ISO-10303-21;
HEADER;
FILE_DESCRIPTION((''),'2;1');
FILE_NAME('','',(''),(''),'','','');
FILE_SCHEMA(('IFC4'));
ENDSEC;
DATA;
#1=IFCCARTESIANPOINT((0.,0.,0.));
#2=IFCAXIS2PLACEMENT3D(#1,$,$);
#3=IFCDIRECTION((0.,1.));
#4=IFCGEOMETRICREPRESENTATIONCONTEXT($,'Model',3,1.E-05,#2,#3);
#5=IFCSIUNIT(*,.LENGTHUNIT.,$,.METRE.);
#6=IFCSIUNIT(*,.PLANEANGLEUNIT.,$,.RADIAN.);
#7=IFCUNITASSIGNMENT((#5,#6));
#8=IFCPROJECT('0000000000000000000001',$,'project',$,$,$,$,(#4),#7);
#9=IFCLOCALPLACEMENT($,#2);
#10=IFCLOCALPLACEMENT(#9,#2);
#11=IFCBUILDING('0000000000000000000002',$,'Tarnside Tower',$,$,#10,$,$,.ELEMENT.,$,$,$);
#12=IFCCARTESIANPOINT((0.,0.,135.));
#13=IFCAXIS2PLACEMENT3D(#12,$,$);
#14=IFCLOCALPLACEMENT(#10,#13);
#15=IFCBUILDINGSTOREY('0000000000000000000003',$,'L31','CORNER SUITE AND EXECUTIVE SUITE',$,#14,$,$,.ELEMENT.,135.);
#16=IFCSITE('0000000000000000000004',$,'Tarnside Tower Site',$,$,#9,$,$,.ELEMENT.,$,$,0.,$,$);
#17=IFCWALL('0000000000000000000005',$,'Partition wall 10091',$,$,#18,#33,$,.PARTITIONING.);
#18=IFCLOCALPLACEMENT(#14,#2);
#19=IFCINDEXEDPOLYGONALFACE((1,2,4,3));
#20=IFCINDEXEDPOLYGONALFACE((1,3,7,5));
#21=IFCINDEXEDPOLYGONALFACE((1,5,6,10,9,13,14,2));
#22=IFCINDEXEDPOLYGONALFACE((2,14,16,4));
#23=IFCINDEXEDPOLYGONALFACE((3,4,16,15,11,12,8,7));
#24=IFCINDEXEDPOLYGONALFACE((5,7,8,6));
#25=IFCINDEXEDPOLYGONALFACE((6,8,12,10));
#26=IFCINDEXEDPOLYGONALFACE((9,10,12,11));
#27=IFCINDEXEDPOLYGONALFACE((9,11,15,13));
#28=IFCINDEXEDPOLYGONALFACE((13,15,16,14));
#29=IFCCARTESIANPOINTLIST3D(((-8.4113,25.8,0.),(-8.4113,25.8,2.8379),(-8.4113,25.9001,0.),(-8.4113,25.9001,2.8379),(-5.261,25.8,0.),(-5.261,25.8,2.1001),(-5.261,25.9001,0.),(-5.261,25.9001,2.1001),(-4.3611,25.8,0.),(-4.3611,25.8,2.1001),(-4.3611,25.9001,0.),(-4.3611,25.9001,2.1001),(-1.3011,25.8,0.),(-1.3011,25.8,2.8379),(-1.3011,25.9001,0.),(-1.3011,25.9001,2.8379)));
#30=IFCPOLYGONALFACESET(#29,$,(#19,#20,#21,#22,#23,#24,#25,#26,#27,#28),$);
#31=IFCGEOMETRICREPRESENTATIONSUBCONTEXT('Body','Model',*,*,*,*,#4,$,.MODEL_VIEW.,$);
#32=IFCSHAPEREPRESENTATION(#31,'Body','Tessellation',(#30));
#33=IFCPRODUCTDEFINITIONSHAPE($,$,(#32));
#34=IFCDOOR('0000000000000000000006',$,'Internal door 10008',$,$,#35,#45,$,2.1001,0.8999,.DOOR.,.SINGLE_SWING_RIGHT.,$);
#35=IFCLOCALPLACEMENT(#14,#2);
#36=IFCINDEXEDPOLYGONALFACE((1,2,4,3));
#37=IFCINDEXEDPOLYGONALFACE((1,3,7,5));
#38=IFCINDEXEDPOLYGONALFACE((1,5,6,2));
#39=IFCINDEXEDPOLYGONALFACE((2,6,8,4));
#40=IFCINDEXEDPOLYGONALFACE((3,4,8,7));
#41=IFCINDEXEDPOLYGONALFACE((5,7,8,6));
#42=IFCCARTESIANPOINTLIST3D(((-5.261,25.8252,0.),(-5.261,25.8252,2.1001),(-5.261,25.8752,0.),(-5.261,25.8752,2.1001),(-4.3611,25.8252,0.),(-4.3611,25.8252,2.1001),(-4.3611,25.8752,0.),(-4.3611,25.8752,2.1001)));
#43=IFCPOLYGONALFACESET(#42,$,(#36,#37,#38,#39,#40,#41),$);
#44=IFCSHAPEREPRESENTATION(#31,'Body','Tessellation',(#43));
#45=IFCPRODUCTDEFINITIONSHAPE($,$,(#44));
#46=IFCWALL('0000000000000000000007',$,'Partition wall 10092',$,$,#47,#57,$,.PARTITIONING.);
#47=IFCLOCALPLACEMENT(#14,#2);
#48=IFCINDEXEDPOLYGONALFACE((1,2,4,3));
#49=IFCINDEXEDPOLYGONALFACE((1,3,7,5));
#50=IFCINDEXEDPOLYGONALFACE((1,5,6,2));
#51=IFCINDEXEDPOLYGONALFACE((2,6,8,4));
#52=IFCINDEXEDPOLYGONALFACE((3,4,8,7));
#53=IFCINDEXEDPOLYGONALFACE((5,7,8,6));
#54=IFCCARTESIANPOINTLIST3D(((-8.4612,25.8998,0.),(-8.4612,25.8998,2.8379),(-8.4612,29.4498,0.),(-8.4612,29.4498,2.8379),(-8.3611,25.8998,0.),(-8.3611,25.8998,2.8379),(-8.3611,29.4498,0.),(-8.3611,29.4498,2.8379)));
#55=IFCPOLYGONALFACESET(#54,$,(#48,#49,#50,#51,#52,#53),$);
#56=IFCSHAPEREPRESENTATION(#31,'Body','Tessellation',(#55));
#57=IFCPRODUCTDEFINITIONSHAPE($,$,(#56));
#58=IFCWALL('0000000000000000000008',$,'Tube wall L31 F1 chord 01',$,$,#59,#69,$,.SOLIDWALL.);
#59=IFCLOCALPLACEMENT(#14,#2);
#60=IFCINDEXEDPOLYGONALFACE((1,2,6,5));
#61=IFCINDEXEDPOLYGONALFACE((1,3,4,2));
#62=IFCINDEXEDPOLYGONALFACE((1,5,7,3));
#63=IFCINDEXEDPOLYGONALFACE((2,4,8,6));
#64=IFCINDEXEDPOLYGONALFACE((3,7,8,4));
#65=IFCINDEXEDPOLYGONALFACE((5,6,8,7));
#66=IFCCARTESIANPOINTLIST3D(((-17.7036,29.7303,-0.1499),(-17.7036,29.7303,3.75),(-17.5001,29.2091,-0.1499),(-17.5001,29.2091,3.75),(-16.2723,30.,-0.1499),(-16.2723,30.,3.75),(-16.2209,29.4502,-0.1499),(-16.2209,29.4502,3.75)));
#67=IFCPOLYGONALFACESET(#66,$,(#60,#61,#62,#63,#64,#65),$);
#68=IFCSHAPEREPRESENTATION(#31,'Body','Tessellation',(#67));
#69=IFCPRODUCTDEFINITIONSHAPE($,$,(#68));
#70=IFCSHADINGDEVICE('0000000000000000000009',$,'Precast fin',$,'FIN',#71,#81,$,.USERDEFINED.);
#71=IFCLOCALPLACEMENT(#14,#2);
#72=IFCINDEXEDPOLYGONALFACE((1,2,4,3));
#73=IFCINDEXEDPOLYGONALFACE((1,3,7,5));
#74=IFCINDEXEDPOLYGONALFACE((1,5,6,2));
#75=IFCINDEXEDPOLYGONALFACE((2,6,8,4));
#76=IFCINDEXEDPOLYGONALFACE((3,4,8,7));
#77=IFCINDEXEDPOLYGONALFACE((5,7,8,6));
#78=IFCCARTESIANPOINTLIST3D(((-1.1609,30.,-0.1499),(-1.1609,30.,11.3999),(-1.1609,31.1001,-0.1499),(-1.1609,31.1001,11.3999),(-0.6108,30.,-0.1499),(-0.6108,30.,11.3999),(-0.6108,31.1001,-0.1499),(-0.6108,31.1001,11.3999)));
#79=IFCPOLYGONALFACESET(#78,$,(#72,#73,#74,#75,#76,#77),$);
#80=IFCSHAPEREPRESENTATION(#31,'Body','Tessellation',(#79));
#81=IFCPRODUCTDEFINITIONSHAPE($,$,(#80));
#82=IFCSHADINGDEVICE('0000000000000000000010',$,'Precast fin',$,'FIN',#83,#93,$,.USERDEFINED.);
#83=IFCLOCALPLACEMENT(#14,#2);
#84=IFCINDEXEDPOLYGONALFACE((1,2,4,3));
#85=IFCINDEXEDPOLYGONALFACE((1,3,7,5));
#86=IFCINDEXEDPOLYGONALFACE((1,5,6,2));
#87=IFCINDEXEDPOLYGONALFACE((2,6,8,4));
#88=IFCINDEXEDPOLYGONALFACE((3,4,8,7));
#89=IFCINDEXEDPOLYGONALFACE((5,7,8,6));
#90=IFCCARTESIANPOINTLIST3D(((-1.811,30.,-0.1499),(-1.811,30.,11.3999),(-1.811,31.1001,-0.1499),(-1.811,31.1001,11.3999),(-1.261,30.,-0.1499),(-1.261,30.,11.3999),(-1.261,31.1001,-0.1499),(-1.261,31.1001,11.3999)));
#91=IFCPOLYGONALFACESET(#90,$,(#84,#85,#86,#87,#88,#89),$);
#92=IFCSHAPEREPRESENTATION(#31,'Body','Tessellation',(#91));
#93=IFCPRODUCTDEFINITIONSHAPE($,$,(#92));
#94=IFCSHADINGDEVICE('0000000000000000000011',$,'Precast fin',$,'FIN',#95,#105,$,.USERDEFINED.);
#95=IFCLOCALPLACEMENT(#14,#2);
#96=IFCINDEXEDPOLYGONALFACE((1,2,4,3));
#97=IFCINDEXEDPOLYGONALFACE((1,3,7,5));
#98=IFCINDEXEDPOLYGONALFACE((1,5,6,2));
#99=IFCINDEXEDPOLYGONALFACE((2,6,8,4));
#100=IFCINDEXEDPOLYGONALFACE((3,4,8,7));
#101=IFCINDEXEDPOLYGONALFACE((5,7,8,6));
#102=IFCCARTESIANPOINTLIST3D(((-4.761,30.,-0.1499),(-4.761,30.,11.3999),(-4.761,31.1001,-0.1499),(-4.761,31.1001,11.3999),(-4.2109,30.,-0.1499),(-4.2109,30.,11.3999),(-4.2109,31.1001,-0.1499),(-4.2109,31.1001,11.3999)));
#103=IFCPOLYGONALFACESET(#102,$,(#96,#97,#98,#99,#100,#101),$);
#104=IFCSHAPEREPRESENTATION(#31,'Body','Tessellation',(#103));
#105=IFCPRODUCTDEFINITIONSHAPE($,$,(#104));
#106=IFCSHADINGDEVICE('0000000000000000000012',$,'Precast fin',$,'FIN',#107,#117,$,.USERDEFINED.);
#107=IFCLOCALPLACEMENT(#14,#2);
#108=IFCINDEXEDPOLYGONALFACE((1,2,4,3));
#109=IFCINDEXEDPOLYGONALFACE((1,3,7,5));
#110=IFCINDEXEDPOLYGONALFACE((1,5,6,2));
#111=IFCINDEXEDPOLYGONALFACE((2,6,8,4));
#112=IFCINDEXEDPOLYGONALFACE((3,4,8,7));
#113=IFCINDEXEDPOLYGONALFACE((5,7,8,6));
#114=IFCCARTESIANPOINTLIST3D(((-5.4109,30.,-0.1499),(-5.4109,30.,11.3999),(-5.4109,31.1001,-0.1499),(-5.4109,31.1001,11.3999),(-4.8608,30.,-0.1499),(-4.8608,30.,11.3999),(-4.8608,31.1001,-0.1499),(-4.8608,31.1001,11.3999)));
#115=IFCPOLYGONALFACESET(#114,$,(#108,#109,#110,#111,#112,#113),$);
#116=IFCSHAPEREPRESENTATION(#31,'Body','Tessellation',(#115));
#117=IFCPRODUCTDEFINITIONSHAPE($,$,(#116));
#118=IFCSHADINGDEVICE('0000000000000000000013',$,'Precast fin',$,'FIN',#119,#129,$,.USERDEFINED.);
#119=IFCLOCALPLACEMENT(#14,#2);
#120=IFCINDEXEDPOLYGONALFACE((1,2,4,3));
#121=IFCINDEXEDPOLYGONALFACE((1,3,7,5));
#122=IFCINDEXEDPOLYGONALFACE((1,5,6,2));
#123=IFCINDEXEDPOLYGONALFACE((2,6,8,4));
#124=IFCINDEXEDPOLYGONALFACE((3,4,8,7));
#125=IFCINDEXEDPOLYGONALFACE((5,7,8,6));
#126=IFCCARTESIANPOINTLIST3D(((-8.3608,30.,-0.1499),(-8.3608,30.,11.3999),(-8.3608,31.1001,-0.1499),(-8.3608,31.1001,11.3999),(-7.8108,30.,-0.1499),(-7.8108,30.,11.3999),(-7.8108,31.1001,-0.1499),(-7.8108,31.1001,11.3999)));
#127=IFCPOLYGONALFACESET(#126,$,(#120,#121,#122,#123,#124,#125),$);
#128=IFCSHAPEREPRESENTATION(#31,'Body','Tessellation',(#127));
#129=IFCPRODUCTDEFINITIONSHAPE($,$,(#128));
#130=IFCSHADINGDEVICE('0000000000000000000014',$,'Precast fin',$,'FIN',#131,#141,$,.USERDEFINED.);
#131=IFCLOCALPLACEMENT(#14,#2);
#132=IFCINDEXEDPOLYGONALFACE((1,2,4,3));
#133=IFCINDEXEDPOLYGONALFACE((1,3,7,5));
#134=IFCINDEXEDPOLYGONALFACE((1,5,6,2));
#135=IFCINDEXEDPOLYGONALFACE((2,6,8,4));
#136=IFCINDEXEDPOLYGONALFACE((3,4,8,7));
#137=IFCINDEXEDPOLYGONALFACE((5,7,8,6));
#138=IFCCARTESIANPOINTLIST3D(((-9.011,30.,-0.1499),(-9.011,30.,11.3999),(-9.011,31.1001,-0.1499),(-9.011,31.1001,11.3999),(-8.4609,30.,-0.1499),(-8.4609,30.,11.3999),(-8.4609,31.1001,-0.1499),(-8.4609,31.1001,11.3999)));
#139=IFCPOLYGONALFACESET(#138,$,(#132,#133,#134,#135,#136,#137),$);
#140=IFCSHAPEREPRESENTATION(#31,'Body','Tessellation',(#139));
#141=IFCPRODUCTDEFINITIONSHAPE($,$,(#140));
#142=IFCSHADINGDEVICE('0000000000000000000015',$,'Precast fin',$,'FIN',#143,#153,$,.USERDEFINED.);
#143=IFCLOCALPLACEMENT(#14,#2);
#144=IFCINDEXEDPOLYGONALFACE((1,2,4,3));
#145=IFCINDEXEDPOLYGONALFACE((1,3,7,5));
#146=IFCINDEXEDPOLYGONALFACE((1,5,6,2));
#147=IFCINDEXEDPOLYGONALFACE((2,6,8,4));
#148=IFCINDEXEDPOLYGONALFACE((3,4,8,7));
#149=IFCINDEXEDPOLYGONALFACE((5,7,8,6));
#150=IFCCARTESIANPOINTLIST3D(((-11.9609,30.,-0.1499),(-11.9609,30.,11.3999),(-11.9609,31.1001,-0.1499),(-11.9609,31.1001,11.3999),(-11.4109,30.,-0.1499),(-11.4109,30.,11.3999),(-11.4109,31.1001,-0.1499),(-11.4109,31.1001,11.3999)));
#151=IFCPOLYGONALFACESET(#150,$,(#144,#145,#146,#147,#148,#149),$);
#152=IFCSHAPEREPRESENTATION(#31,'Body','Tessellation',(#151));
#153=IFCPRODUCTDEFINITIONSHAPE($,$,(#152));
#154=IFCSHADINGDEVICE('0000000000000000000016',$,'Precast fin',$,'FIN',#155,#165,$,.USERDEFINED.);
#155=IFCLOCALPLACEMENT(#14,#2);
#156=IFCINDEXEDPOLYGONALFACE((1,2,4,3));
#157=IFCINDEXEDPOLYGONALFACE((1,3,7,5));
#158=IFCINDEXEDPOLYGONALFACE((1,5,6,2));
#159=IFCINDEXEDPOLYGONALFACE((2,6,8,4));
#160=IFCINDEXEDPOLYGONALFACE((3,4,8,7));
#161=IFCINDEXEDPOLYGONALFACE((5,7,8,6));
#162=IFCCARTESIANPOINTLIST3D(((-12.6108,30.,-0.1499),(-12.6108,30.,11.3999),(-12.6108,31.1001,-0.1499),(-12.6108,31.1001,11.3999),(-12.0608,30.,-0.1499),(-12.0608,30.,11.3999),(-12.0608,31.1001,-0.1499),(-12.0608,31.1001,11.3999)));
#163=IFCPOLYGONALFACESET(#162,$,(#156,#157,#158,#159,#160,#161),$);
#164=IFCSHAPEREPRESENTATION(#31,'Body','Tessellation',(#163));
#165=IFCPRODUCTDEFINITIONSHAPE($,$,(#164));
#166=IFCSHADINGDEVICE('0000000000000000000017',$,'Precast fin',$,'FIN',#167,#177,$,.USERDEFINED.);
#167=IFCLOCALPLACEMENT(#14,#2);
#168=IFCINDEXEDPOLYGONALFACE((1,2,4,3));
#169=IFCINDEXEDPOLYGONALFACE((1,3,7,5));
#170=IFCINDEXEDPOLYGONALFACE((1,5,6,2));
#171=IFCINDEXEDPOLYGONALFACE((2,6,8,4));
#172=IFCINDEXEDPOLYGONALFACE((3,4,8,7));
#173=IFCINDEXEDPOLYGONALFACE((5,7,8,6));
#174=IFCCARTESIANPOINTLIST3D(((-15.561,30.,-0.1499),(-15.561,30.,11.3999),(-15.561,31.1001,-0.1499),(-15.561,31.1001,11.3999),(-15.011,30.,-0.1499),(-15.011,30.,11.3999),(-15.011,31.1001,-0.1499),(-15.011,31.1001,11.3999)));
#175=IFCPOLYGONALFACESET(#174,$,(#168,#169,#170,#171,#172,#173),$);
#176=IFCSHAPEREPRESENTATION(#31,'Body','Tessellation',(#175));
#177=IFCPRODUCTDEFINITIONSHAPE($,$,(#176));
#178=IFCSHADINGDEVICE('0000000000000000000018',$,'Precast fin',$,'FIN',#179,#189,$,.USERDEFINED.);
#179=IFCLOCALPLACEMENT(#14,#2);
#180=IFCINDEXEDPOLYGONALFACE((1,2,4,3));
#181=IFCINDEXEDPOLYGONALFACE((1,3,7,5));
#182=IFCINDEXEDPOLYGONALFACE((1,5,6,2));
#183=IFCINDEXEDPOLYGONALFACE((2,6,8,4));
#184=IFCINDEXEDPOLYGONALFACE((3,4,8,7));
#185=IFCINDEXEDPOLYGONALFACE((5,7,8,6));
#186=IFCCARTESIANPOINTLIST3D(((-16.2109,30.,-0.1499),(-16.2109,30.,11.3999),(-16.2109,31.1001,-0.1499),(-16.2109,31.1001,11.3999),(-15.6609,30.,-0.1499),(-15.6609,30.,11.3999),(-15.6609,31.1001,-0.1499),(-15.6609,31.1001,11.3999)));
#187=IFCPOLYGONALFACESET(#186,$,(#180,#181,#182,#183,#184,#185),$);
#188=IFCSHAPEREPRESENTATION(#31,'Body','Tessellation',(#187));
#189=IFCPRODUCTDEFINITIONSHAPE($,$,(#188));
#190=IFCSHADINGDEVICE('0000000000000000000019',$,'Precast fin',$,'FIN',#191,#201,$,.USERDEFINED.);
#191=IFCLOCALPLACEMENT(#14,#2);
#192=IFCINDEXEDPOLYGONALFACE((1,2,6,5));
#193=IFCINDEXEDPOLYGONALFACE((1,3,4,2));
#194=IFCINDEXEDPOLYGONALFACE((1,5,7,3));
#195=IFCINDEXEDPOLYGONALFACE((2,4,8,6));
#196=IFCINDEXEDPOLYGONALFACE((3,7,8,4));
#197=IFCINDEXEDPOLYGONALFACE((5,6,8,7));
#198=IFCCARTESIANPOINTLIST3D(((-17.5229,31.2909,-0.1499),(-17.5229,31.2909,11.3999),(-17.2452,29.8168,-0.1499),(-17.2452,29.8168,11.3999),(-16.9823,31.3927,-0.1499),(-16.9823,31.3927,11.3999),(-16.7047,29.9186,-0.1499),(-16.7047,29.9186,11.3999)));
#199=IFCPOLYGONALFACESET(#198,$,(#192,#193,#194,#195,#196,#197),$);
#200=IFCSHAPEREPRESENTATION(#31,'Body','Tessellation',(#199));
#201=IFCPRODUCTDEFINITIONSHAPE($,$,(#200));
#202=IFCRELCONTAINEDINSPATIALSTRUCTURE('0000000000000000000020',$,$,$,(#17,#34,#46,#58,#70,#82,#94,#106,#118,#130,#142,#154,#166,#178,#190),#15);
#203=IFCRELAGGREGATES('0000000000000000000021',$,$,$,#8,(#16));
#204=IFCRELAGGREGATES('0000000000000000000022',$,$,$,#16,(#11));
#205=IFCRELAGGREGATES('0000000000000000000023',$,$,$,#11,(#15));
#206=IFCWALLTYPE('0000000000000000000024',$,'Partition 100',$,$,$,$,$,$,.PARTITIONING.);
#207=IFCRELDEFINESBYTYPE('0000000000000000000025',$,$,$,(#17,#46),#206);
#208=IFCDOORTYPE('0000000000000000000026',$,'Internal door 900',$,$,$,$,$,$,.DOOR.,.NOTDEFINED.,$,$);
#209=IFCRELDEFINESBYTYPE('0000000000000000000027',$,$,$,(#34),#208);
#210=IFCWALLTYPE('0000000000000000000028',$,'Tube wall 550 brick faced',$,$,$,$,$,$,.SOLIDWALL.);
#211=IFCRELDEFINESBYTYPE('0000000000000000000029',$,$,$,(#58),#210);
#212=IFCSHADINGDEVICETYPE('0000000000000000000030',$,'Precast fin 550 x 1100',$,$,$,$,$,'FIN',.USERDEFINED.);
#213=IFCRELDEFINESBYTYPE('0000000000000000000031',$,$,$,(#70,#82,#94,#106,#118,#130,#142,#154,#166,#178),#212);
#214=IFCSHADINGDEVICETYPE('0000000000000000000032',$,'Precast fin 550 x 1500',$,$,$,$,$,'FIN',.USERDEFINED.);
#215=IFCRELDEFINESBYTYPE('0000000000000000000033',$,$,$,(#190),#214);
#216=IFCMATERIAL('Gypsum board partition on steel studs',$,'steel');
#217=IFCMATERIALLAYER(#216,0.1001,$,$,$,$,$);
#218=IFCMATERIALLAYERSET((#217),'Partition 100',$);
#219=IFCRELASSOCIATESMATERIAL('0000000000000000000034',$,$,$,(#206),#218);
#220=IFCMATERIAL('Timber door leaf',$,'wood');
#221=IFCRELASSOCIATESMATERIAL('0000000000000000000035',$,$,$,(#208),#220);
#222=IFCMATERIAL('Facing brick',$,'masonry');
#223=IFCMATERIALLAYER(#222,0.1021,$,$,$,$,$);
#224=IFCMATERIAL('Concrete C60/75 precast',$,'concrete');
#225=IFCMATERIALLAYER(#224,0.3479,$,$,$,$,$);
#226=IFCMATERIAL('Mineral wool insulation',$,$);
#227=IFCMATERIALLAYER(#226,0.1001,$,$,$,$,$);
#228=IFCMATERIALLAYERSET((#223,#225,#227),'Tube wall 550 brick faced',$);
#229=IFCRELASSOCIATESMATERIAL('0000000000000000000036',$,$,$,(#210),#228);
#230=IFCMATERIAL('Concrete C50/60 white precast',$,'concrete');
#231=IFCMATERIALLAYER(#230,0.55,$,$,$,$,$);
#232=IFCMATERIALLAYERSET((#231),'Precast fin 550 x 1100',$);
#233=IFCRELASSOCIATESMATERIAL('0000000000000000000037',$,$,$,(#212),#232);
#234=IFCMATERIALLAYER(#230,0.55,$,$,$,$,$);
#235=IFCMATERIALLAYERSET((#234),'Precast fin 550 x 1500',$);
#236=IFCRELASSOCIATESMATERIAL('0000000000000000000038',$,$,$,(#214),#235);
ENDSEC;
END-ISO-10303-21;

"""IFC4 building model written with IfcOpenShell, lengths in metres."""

from ifc_helpers import new_model, si_unit, direction, frame, frame_2d, origin, place, context, subcontext, project, spatial, polyline, rectangle, outline, extrude, material, layer, layer_set, type_object, element, fill, save


model = new_model("IFC4")

# Units and contexts
model_context = context("Model", 3, precision=1e-05, world=origin(), true_north=direction((0.0, 1.0)))
body_context = subcontext(model_context, "Body", "Model", "MODEL_VIEW")
ifc_project = project(units=[si_unit("LENGTHUNIT", "METRE"), si_unit("PLANEANGLEUNIT", "RADIAN")], contexts=[model_context])

# Site, building, storey
site_placement = place(None, origin())
site = spatial("IfcSite", under=ifc_project, at=site_placement, Name="Tarnside Tower Site", CompositionType="ELEMENT", RefElevation=0.0)
building_placement = place(site_placement, origin())
building = spatial("IfcBuilding", under=site, at=building_placement, Name="Tarnside Tower", CompositionType="ELEMENT")
storey_placement = place(building_placement, frame((0.0, 0.0, 135.0)))
storey = spatial("IfcBuildingStorey", under=building, at=storey_placement, Name="L31", Description="CORNER SUITE AND EXECUTIVE SUITE", CompositionType="ELEMENT", Elevation=135.0)

# Shared definitions
ifc_material_1 = material(Name="Gypsum board partition on steel studs", Category="steel")
ifc_material_2 = material(Name="Timber door leaf", Category="wood")

# Shared definitions
ifc_layer_1 = layer(ifc_material_1, 0.1001)
ifc_layer_set_1 = layer_set([ifc_layer_1], Name="Partition 100")
wall_type_1 = type_object("IfcWallType", Name="Partition 100", PredefinedType="PARTITIONING", material=ifc_layer_set_1)

# Wall, opening, door
door_type_1 = type_object("IfcDoorType", Name="Internal door 900", OperationType="NOTDEFINED", PredefinedType="DOOR", material=ifc_material_2)
wall_1_placement = place(storey_placement, frame((-1.301, 25.8501, 0.0), z_axis=(0.0, 0.0, 1.0), x_axis=(-1.0, 0.0, 0.0)))
wall_1 = element("IfcWall", 1, at=wall_1_placement, inside=storey, type_object=wall_type_1, Name="Partition wall 10091", PredefinedType="PARTITIONING", context=body_context, shape_type="SweptSolid", body=[
    extrude(rectangle(XDim=7.1101, YDim=0.1001, at=frame_2d((3.5552, 0.0))), origin(), (0.0, 0.0, 1.0), 2.8379),
])
opening_1_placement = place(wall_1_placement, frame((3.0601, 0.0, 0.0)))
opening_1 = element("IfcOpeningElement", 2, at=opening_1_placement, cuts=wall_1, PredefinedType="OPENING", context=body_context, shape_type="SweptSolid", body=[
    extrude(rectangle(XDim=0.8999, YDim=2.1001, at=frame_2d((0.45, 1.05))), frame((0.0, 0.0601, 0.0), z_axis=(0.0, -1.0, 0.0), x_axis=(1.0, 0.0, 0.0)), (0.0, 0.0, 1.0), 0.1201),
])
door_1_placement = place(opening_1_placement, origin())
door_1 = element("IfcDoor", 3, at=door_1_placement, inside=storey, type_object=door_type_1, Name="Internal door 10008", OperationType="SINGLE_SWING_RIGHT", OverallHeight=2.1001, OverallWidth=0.8999, PredefinedType="DOOR", context=body_context, shape_type="SweptSolid", body=[
    extrude(rectangle(XDim=0.8999, YDim=2.1001, at=frame_2d((0.45, 1.05))), frame((0.0, 0.0249, 0.0), z_axis=(0.0, -1.0, 0.0), x_axis=(1.0, 0.0, 0.0)), (0.0, 0.0, 1.0), 0.05),
])
fill(opening_1, door_1)

# Walls
wall_2_placement = place(storey_placement, frame((-8.4111, 25.8999, 0.0), z_axis=(0.0, 0.0, 1.0), x_axis=(0.0, 1.0, 0.0)))
element("IfcWall", 4, at=wall_2_placement, inside=storey, type_object=wall_type_1, Name="Partition wall 10092", PredefinedType="PARTITIONING", context=body_context, shape_type="SweptSolid", body=[
    extrude(rectangle(XDim=3.55, YDim=0.1001, at=frame_2d((1.7749, 0.0))), origin(), (0.0, 0.0, 1.0), 2.8379),
])
ifc_material_3 = material(Name="Facing brick", Category="masonry")
ifc_layer_2 = layer(ifc_material_3, 0.1021)
ifc_material_4 = material(Name="Concrete C60/75 precast", Category="concrete")
ifc_layer_3 = layer(ifc_material_4, 0.3479)
ifc_material_5 = material(Name="Mineral wool insulation")
ifc_layer_4 = layer(ifc_material_5, 0.1001)
ifc_layer_set_2 = layer_set([ifc_layer_2, ifc_layer_3, ifc_layer_4], Name="Tube wall 550 brick faced")
wall_type_2 = type_object("IfcWallType", Name="Tube wall 550 brick faced", PredefinedType="SOLIDWALL", material=ifc_layer_set_2)
wall_3_placement = place(storey_placement, frame((-16.2466, 29.7251, -0.1499), z_axis=(0.0, 0.0, 1.0), x_axis=(-0.982705, -0.185176, 0.0)))
element("IfcWall", 5, at=wall_3_placement, inside=storey, type_object=wall_type_2, Name="Tube wall L31 F1 chord 01", PredefinedType="SOLIDWALL", context=body_context, shape_type="SweptSolid", body=[
    extrude(outline(polyline([(-0.0256, -0.2749), (1.4309, -0.2749), (1.3274, 0.2749), (0.0256, 0.2749), (-0.0256, -0.2749)])), origin(), (0.0, 0.0, 1.0), 3.8999),
])

# Shading devices
ifc_material_6 = material(Name="Concrete C50/60 white precast", Category="concrete")
ifc_layer_5 = layer(ifc_material_6, 0.55)
ifc_layer_set_3 = layer_set([ifc_layer_5], Name="Precast fin 550 x 1100")
shading_device_type_1 = type_object("IfcShadingDeviceType", Name="Precast fin 550 x 1100", ElementType="FIN", PredefinedType="USERDEFINED", material=ifc_layer_set_3)
for number, where, z_axis, x_axis, name in (
    (6, (-0.886, 30.0, -0.1499), (1.0, 0.0, 0.0), (0.0, 1.0, 0.0), "Precast fin"),
    (7, (-1.5361, 30.0, -0.1499), (1.0, 0.0, 0.0), (0.0, 1.0, 0.0), "Precast fin"),
    (8, (-4.4861, 30.0, -0.1499), (1.0, 0.0, 0.0), (0.0, 1.0, 0.0), "Precast fin"),
    (9, (-5.136, 30.0, -0.1499), (1.0, 0.0, 0.0), (0.0, 1.0, 0.0), "Precast fin"),
    (10, (-8.0859, 30.0, -0.1499), (1.0, 0.0, 0.0), (0.0, 1.0, 0.0), "Precast fin"),
    (11, (-8.7361, 30.0, -0.1499), (1.0, 0.0, 0.0), (0.0, 1.0, 0.0), "Precast fin"),
    (12, (-11.686, 30.0, -0.1499), (1.0, 0.0, 0.0), (0.0, 1.0, 0.0), "Precast fin"),
    (13, (-12.3359, 30.0, -0.1499), (1.0, 0.0, 0.0), (0.0, 1.0, 0.0), "Precast fin"),
    (14, (-15.2861, 30.0, -0.1499), (1.0, 0.0, 0.0), (0.0, 1.0, 0.0), "Precast fin"),
    (15, (-15.936, 30.0, -0.1499), (1.0, 0.0, 0.0), (0.0, 1.0, 0.0), "Precast fin"),
):
    element("IfcShadingDevice", number, at=place(storey_placement, frame(where, z_axis=z_axis, x_axis=x_axis)), inside=storey, type_object=shading_device_type_1, Name=name, ObjectType="FIN", PredefinedType="USERDEFINED", context=body_context, shape_type="SweptSolid", body=[
        extrude(outline(polyline([(0.0, 0.0), (1.1001, 0.0), (1.1001, 11.5498), (0.0, 11.5498), (0.0, 0.0)])), frame((0.0, 0.0, -0.2749)), (0.0, 0.0, 1.0), 0.55),
    ])
ifc_layer_6 = layer(ifc_material_6, 0.55)
ifc_layer_set_4 = layer_set([ifc_layer_6], Name="Precast fin 550 x 1500")
shading_device_type_2 = type_object("IfcShadingDeviceType", Name="Precast fin 550 x 1500", ElementType="FIN", PredefinedType="USERDEFINED", material=ifc_layer_set_4)
shading_device_placement = place(storey_placement, frame((-16.9751, 29.8677, -0.1499), z_axis=(0.982721, 0.185095, 0.0), x_axis=(-0.185095, 0.982721, 0.0)))
element("IfcShadingDevice", 16, at=shading_device_placement, inside=storey, type_object=shading_device_type_2, Name="Precast fin", ObjectType="FIN", PredefinedType="USERDEFINED", context=body_context, shape_type="SweptSolid", body=[
    extrude(outline(polyline([(0.0, 0.0), (1.5, 0.0), (1.5, 11.5498), (0.0, 11.5498), (0.0, 0.0)])), frame((0.0, 0.0, -0.2749)), (0.0, 0.0, 1.0), 0.55),
])

save(model, "model.ifc")
